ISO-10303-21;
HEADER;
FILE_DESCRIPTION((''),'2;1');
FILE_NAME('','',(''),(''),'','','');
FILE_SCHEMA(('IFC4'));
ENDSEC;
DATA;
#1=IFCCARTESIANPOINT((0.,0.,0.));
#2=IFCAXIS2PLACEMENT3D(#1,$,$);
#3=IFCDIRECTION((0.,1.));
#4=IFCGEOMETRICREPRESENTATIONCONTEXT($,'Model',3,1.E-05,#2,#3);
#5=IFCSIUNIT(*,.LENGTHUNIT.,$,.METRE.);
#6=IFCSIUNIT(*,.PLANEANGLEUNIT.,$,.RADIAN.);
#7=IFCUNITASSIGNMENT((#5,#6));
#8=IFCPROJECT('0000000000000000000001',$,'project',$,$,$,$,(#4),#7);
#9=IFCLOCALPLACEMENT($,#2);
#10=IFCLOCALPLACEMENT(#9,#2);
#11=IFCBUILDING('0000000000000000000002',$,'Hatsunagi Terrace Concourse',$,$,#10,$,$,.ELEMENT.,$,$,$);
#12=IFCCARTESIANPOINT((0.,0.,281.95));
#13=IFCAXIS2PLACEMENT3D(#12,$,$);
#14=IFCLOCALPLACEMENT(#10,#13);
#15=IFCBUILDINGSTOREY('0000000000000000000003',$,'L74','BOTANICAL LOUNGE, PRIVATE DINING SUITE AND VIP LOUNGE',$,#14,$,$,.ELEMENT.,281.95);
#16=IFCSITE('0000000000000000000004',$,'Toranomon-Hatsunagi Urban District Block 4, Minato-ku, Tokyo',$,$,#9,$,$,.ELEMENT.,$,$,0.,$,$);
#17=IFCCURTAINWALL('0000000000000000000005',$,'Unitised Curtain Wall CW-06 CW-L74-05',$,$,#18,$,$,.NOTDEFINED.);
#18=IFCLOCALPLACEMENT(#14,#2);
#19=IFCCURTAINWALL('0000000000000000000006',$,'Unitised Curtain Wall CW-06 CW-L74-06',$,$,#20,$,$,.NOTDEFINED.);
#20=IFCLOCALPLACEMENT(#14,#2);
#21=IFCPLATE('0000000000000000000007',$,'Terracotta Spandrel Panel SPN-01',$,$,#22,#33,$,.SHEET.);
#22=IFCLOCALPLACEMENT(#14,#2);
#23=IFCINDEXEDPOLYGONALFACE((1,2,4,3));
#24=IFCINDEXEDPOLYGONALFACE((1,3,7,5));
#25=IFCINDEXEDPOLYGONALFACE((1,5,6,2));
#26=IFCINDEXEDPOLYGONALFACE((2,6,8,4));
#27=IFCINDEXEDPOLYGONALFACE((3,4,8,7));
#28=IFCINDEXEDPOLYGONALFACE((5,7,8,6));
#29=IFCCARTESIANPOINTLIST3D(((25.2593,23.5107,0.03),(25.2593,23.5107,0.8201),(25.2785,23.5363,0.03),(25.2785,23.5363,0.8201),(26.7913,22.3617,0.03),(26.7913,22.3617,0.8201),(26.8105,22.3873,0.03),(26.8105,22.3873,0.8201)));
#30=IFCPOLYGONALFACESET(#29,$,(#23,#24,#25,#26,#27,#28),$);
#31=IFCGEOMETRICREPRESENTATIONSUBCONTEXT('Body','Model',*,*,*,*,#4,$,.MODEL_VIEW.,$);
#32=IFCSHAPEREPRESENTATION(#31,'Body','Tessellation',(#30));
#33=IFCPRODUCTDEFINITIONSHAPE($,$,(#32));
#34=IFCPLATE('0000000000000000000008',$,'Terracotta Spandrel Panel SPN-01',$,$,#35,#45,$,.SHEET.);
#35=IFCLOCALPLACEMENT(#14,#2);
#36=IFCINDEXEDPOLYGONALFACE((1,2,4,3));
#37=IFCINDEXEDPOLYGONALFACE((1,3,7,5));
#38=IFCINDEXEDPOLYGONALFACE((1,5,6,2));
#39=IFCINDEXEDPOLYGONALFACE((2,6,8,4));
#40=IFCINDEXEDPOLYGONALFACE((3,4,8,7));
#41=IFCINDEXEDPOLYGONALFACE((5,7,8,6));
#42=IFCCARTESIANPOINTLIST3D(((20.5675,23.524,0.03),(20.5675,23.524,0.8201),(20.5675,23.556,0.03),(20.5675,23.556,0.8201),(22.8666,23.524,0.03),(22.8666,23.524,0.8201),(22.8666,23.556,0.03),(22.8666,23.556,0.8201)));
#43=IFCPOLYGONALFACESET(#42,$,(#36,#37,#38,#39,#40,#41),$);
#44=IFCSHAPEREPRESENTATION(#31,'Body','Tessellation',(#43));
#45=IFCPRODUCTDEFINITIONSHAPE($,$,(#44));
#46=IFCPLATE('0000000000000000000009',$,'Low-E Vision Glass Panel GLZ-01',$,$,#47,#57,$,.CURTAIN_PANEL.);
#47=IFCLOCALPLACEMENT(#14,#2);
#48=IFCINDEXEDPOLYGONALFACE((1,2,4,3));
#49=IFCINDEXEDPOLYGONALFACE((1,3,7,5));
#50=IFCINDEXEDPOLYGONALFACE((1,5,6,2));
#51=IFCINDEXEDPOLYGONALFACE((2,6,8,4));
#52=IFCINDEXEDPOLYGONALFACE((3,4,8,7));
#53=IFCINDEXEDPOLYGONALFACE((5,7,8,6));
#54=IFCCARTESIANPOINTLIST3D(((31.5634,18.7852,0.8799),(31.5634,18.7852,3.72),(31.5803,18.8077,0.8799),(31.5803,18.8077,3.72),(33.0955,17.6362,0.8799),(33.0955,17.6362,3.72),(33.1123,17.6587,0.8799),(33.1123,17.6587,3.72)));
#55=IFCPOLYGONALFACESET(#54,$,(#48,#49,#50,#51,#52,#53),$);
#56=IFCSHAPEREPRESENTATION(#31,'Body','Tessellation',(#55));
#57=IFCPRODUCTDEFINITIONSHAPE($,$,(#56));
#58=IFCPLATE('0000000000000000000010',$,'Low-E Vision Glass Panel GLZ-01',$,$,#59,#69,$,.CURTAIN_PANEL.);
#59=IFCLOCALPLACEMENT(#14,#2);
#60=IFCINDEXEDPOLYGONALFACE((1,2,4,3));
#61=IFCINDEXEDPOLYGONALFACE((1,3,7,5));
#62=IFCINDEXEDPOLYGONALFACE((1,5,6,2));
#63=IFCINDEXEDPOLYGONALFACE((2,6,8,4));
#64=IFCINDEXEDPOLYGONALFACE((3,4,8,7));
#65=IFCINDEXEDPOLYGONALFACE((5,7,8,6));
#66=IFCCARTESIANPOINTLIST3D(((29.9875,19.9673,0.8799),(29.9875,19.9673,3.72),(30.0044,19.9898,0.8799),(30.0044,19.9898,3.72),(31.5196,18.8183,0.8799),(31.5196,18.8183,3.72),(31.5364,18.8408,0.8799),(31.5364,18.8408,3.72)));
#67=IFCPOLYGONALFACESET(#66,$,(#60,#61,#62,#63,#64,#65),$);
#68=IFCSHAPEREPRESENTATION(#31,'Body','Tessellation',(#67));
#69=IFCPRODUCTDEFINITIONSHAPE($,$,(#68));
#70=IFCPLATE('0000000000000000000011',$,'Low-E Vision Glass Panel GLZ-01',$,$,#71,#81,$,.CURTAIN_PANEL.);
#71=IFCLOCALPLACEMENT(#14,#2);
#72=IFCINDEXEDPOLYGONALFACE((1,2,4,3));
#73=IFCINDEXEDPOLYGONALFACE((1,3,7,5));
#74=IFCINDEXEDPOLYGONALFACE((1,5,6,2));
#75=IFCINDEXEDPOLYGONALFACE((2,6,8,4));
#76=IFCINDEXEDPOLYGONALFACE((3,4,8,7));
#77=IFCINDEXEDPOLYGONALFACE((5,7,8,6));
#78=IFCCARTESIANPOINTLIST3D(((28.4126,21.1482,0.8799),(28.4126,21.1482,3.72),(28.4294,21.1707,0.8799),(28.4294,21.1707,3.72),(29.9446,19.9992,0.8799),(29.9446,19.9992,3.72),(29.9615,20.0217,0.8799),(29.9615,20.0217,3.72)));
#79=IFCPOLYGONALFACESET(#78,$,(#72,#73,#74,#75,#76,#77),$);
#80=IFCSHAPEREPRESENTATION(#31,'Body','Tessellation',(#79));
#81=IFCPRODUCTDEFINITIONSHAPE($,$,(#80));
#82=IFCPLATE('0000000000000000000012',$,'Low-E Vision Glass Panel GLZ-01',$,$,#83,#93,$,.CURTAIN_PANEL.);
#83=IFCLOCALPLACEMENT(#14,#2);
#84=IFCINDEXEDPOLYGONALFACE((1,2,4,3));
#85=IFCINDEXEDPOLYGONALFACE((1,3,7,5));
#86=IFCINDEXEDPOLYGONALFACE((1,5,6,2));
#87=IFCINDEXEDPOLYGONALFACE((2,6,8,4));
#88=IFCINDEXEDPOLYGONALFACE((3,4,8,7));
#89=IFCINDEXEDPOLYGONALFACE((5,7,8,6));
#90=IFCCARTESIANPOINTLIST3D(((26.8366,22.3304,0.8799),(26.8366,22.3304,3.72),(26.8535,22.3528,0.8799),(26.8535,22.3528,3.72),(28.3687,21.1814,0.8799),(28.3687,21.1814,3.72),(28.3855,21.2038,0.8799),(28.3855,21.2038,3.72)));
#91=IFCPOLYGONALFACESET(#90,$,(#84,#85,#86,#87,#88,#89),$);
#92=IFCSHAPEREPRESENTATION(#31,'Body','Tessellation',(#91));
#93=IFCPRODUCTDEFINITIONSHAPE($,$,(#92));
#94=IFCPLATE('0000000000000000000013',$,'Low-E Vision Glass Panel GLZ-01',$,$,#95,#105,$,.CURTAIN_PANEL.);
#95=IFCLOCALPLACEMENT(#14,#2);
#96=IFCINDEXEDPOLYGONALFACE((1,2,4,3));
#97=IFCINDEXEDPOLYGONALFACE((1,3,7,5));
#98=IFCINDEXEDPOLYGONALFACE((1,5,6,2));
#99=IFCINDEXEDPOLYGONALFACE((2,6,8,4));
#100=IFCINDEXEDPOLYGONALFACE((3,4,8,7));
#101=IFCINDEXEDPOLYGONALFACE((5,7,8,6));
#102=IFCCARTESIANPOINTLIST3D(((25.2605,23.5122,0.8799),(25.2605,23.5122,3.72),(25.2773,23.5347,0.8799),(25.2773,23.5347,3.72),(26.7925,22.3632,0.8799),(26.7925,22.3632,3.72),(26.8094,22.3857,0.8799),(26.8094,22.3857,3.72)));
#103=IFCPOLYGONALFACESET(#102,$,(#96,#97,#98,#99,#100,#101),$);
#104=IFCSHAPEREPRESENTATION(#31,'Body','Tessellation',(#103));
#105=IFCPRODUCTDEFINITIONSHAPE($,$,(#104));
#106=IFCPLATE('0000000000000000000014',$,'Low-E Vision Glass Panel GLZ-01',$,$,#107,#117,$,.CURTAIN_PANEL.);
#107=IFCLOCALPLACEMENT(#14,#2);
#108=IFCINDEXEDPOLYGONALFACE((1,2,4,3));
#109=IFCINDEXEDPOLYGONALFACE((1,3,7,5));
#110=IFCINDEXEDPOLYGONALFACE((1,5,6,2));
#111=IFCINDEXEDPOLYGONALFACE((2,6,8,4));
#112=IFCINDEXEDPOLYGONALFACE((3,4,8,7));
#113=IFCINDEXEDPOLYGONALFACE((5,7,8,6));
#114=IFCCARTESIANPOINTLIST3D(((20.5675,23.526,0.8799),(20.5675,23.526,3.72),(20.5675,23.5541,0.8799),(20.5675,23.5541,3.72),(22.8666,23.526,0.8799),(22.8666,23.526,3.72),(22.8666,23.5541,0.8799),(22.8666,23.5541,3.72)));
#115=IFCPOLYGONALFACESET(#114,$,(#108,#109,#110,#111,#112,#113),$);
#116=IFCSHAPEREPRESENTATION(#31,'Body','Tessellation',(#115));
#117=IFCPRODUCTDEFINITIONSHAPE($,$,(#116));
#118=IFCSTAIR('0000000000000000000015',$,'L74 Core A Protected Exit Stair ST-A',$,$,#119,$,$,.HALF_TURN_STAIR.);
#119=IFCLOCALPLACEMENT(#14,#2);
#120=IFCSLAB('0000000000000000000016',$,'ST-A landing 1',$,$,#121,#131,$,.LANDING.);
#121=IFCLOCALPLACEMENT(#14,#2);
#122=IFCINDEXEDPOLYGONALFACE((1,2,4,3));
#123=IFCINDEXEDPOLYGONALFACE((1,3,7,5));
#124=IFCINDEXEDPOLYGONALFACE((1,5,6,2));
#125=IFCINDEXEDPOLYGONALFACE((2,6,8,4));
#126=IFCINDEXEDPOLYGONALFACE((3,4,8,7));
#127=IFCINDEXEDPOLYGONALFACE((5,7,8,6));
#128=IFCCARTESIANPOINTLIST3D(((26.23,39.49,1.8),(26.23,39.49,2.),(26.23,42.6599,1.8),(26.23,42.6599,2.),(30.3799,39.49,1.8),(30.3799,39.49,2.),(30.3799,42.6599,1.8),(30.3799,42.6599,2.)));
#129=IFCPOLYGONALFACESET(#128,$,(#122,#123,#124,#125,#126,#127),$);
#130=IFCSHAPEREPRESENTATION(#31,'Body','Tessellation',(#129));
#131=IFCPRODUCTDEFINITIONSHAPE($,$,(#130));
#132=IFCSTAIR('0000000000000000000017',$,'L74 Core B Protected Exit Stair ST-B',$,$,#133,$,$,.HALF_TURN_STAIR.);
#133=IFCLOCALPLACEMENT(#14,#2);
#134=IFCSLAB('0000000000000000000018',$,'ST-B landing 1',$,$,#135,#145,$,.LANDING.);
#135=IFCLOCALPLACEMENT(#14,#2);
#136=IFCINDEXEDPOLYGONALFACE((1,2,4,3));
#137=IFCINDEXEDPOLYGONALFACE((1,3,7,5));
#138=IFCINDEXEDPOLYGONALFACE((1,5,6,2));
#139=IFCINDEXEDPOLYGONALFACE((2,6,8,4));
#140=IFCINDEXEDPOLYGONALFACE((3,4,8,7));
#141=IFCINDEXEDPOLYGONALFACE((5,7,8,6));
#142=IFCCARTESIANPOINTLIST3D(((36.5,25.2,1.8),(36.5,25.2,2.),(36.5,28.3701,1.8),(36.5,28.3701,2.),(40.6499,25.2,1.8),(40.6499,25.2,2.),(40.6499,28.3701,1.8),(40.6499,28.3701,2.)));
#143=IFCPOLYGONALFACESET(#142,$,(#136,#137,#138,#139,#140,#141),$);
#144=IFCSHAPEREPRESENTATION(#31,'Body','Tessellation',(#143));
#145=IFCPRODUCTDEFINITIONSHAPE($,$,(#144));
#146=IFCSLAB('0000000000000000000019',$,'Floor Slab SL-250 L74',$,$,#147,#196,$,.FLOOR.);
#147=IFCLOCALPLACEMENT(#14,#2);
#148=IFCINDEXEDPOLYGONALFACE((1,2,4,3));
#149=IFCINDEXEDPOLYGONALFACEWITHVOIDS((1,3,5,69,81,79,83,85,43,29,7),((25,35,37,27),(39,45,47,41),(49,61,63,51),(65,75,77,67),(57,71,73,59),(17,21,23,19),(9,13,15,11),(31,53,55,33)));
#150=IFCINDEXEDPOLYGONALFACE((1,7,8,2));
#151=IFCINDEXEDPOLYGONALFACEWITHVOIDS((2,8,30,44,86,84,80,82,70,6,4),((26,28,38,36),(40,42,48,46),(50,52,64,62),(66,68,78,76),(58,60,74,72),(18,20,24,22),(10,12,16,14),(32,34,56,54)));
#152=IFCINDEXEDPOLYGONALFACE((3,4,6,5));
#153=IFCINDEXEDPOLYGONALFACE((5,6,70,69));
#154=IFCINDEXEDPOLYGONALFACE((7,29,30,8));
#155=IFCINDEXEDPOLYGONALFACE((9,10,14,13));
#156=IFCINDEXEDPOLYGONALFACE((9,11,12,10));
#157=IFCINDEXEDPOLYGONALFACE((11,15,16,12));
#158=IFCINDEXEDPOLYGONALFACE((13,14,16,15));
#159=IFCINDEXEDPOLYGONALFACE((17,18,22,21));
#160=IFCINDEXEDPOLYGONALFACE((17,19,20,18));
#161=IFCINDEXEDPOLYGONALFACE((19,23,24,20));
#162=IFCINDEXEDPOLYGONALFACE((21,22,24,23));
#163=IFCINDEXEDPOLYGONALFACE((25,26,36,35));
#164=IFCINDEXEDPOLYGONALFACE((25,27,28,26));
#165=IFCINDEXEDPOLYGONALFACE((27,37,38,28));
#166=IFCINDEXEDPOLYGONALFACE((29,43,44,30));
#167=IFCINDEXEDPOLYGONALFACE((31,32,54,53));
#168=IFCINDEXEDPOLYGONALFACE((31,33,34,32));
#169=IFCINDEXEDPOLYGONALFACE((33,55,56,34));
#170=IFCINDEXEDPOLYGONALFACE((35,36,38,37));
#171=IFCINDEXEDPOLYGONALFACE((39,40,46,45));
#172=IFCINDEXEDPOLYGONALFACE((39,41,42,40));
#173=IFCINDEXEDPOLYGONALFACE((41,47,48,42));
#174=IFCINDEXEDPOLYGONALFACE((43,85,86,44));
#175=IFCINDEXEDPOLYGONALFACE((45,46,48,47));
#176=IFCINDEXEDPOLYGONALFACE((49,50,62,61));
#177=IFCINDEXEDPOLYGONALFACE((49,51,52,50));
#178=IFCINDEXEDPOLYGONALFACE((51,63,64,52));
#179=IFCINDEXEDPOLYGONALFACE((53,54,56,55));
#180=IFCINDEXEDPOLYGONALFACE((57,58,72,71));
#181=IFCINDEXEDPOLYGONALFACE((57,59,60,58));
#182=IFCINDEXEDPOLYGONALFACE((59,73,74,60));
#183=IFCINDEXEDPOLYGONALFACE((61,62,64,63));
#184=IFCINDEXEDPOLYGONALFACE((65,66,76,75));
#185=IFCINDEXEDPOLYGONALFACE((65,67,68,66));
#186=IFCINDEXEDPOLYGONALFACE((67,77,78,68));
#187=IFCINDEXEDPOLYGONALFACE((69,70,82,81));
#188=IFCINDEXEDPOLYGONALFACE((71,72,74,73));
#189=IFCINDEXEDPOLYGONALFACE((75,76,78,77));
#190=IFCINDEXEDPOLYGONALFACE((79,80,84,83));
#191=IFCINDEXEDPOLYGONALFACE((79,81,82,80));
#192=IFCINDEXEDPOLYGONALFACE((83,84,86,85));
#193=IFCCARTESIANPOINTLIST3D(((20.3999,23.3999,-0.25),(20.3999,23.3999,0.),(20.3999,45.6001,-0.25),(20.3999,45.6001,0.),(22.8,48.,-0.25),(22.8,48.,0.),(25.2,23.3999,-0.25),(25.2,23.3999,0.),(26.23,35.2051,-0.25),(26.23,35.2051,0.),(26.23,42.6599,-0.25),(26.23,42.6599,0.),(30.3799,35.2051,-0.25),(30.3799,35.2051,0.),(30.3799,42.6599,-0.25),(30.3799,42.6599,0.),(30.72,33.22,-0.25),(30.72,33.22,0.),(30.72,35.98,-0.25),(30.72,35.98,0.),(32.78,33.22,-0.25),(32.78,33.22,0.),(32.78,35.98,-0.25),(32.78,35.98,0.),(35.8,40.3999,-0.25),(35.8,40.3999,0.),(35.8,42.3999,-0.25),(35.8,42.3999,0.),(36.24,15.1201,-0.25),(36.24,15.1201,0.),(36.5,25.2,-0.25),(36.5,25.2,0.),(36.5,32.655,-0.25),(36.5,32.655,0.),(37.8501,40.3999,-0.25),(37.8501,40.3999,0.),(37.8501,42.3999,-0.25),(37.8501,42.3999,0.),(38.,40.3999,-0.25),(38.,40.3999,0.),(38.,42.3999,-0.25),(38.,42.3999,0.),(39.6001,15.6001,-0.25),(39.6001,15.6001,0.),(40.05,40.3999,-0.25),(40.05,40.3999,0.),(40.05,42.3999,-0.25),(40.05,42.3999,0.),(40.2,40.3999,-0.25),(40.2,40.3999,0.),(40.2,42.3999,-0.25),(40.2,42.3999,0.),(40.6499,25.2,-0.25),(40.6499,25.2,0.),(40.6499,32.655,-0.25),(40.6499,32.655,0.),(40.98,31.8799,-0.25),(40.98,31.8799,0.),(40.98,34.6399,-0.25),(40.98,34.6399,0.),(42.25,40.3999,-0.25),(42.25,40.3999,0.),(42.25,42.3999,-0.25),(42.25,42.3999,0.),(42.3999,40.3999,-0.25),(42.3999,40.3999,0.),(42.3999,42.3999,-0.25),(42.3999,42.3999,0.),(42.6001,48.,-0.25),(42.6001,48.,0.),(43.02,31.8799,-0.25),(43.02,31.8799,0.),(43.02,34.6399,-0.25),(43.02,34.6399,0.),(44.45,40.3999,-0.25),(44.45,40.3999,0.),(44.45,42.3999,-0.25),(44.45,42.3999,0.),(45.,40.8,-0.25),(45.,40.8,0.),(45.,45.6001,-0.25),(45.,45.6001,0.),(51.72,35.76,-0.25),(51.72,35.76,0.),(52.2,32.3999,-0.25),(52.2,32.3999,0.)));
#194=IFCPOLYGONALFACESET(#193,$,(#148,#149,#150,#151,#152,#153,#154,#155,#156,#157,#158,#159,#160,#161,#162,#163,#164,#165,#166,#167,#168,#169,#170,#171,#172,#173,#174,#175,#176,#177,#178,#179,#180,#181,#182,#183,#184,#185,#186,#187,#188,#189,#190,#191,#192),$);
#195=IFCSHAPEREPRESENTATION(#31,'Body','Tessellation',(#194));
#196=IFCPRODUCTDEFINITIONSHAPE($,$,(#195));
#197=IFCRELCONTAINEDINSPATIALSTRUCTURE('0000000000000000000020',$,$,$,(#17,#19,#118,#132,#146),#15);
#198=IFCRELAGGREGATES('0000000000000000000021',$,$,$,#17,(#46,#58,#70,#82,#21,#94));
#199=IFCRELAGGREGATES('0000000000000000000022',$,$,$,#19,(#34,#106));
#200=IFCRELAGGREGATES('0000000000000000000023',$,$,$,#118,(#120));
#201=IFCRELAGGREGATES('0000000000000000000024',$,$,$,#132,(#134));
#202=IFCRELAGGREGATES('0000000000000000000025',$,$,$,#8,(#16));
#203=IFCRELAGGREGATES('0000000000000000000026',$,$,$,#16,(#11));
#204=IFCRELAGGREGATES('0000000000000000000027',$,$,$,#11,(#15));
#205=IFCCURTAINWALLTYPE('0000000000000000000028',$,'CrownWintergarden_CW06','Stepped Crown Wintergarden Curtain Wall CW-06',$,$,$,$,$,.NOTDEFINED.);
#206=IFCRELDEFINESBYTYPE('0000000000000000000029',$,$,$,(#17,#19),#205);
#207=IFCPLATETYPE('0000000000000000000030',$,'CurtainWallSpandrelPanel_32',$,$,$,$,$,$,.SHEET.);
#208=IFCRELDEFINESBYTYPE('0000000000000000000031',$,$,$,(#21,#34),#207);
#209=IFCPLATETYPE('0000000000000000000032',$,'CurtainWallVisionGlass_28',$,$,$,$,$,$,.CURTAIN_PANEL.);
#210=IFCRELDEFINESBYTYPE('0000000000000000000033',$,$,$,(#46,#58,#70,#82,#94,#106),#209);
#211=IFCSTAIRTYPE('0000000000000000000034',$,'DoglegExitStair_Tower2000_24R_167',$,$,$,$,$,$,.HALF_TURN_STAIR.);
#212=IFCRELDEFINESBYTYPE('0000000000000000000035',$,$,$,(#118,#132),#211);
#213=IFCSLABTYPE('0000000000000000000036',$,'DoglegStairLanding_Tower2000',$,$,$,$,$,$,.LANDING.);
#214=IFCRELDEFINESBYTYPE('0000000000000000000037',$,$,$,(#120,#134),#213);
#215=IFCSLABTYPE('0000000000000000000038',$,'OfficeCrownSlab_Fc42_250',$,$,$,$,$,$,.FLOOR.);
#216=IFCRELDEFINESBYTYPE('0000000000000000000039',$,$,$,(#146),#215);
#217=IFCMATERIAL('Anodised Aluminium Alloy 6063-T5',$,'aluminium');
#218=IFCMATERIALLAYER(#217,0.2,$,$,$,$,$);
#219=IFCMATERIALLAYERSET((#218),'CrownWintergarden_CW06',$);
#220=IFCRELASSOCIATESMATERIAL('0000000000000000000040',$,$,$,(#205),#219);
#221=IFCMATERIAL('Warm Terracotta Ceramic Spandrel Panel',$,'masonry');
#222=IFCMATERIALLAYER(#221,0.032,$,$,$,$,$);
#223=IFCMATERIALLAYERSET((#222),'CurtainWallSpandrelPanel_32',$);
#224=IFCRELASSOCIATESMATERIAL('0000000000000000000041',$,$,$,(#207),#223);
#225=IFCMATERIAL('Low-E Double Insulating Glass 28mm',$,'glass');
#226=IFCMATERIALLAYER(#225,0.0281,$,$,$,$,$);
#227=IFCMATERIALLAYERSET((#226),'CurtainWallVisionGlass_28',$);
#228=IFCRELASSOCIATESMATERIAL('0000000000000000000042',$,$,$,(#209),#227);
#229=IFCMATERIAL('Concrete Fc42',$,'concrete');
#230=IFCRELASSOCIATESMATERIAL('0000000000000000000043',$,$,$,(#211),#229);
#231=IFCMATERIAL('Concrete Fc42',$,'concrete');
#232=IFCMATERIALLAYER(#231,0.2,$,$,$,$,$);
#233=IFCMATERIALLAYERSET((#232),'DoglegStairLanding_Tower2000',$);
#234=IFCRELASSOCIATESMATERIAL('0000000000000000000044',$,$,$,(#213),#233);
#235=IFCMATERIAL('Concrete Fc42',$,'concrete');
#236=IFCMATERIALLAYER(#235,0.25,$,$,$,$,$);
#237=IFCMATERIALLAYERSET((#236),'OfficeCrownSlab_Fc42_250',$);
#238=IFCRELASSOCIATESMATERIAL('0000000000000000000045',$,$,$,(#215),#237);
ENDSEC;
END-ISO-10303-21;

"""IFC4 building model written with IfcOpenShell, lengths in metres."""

from ifc_helpers import new_model, si_unit, direction, frame, origin, origin_2d, place, context, subcontext, project, spatial, polyline, rectangle, outline, extrude, material, layer, layer_set, type_object, element, aggregate, save


model = new_model("IFC4")

# Units and contexts
model_context = context("Model", 3, precision=1e-05, world=origin(), true_north=direction((0.0, 1.0)))
body_context = subcontext(model_context, "Body", "Model", "MODEL_VIEW")
ifc_project = project(units=[si_unit("LENGTHUNIT", "METRE"), si_unit("PLANEANGLEUNIT", "RADIAN")], contexts=[model_context])

# Site, building, storey
site_placement = place(None, origin())
site = spatial("IfcSite", under=ifc_project, at=site_placement, Name="Toranomon-Hatsunagi Urban District Block 4, Minato-ku, Tokyo", CompositionType="ELEMENT", RefElevation=0.0)
building_placement = place(site_placement, origin())
building = spatial("IfcBuilding", under=site, at=building_placement, Name="Hatsunagi Terrace Concourse", CompositionType="ELEMENT")
storey_placement = place(building_placement, frame((0.0, 0.0, 281.95)))
storey = spatial("IfcBuildingStorey", under=building, at=storey_placement, Name="L74", Description="BOTANICAL LOUNGE, PRIVATE DINING SUITE AND VIP LOUNGE", CompositionType="ELEMENT", Elevation=281.95)

# Curtain wall
ifc_material_1 = material(Name="Anodised Aluminium Alloy 6063-T5", Category="aluminium")
ifc_layer_1 = layer(ifc_material_1, 0.2)
ifc_layer_set_1 = layer_set([ifc_layer_1], Name="CrownWintergarden_CW06")
curtain_wall_type = type_object("IfcCurtainWallType", Name="CrownWintergarden_CW06", Description="Stepped Crown Wintergarden Curtain Wall CW-06", PredefinedType="NOTDEFINED", material=ifc_layer_set_1)
curtain_wall_1_placement = place(storey_placement, origin())
curtain_wall_1 = element("IfcCurtainWall", 1, at=curtain_wall_1_placement, inside=storey, type_object=curtain_wall_type, Name="Unitised Curtain Wall CW-06 CW-L74-05", PredefinedType="NOTDEFINED")

# Curtain wall
curtain_wall_2_placement = place(storey_placement, origin())
curtain_wall_2 = element("IfcCurtainWall", 2, at=curtain_wall_2_placement, inside=storey, type_object=curtain_wall_type, Name="Unitised Curtain Wall CW-06 CW-L74-06", PredefinedType="NOTDEFINED")

# Plates
ifc_material_2 = material(Name="Warm Terracotta Ceramic Spandrel Panel", Category="masonry")
ifc_layer_2 = layer(ifc_material_2, 0.032)
ifc_layer_set_2 = layer_set([ifc_layer_2], Name="CurtainWallSpandrelPanel_32")
plate_type_1 = type_object("IfcPlateType", Name="CurtainWallSpandrelPanel_32", PredefinedType="SHEET", material=ifc_layer_set_2)
plate_1_placement = place(storey_placement, frame((26.0349, 22.949, 0.03), z_axis=(0.0, 0.0, 1.0), x_axis=(-0.800008, 0.599989, 0.0)))
plate_1 = element("IfcPlate", 3, at=plate_1_placement, type_object=plate_type_1, Name="Terracotta Spandrel Panel SPN-01", PredefinedType="SHEET", context=body_context, shape_type="SweptSolid", body=[
    extrude(rectangle(XDim=1.915, YDim=0.032, at=origin_2d()), origin(), (0.0, 0.0, 1.0), 0.79),
])
plate_2_placement = place(storey_placement, frame((21.717, 23.54, 0.03), z_axis=(0.0, 0.0, 1.0), x_axis=(-1.0, 0.0, 0.0)))
plate_2 = element("IfcPlate", 4, at=plate_2_placement, type_object=plate_type_1, Name="Terracotta Spandrel Panel SPN-01", PredefinedType="SHEET", context=body_context, shape_type="SweptSolid", body=[
    extrude(rectangle(XDim=2.2991, YDim=0.032, at=origin_2d()), origin(), (0.0, 0.0, 1.0), 0.79),
])
ifc_material_3 = material(Name="Low-E Double Insulating Glass 28mm", Category="glass")
ifc_layer_3 = layer(ifc_material_3, 0.0281)
ifc_layer_set_3 = layer_set([ifc_layer_3], Name="CurtainWallVisionGlass_28")
plate_type_2 = type_object("IfcPlateType", Name="CurtainWallVisionGlass_28", PredefinedType="CURTAIN_PANEL", material=ifc_layer_set_3)
plate_3_placement = place(storey_placement, frame((32.3379, 18.2219, 0.8799), z_axis=(0.0, 0.0, 1.0), x_axis=(-0.800008, 0.599989, 0.0)))
plate_3 = element("IfcPlate", 5, at=plate_3_placement, type_object=plate_type_2, Name="Low-E Vision Glass Panel GLZ-01", PredefinedType="CURTAIN_PANEL", context=body_context, shape_type="SweptSolid", body=[
    extrude(rectangle(XDim=1.915, YDim=0.0281, at=origin_2d()), origin(), (0.0, 0.0, 1.0), 2.8401),
])
plate_4_placement = place(storey_placement, frame((30.762, 19.4041, 0.8799), z_axis=(0.0, 0.0, 1.0), x_axis=(-0.800008, 0.599989, 0.0)))
plate_4 = element("IfcPlate", 6, at=plate_4_placement, type_object=plate_type_2, Name="Low-E Vision Glass Panel GLZ-01", PredefinedType="CURTAIN_PANEL", context=body_context, shape_type="SweptSolid", body=[
    extrude(rectangle(XDim=1.915, YDim=0.0281, at=origin_2d()), origin(), (0.0, 0.0, 1.0), 2.8401),
])
plate_5_placement = place(storey_placement, frame((29.187, 20.585, 0.8799), z_axis=(0.0, 0.0, 1.0), x_axis=(-0.800008, 0.599989, 0.0)))
plate_5 = element("IfcPlate", 7, at=plate_5_placement, type_object=plate_type_2, Name="Low-E Vision Glass Panel GLZ-01", PredefinedType="CURTAIN_PANEL", context=body_context, shape_type="SweptSolid", body=[
    extrude(rectangle(XDim=1.915, YDim=0.0281, at=origin_2d()), origin(), (0.0, 0.0, 1.0), 2.8401),
])
plate_6_placement = place(storey_placement, frame((27.6111, 21.7671, 0.8799), z_axis=(0.0, 0.0, 1.0), x_axis=(-0.800008, 0.599989, 0.0)))
plate_6 = element("IfcPlate", 8, at=plate_6_placement, type_object=plate_type_2, Name="Low-E Vision Glass Panel GLZ-01", PredefinedType="CURTAIN_PANEL", context=body_context, shape_type="SweptSolid", body=[
    extrude(rectangle(XDim=1.915, YDim=0.0281, at=origin_2d()), origin(), (0.0, 0.0, 1.0), 2.8401),
])
plate_7_placement = place(storey_placement, frame((26.0349, 22.949, 0.8799), z_axis=(0.0, 0.0, 1.0), x_axis=(-0.800008, 0.599989, 0.0)))
plate_7 = element("IfcPlate", 9, at=plate_7_placement, type_object=plate_type_2, Name="Low-E Vision Glass Panel GLZ-01", PredefinedType="CURTAIN_PANEL", context=body_context, shape_type="SweptSolid", body=[
    extrude(rectangle(XDim=1.915, YDim=0.0281, at=origin_2d()), origin(), (0.0, 0.0, 1.0), 2.8401),
])
aggregate(curtain_wall_1, [plate_3, plate_4, plate_5, plate_6, plate_1, plate_7])
plate_8_placement = place(storey_placement, frame((21.717, 23.54, 0.8799), z_axis=(0.0, 0.0, 1.0), x_axis=(-1.0, 0.0, 0.0)))
plate_8 = element("IfcPlate", 10, at=plate_8_placement, type_object=plate_type_2, Name="Low-E Vision Glass Panel GLZ-01", PredefinedType="CURTAIN_PANEL", context=body_context, shape_type="SweptSolid", body=[
    extrude(rectangle(XDim=2.2991, YDim=0.0281, at=origin_2d()), origin(), (0.0, 0.0, 1.0), 2.8401),
])
aggregate(curtain_wall_2, [plate_2, plate_8])

# Stairs, slabs
ifc_material_4 = material(Name="Concrete Fc42", Category="concrete")
stair_type = type_object("IfcStairType", Name="DoglegExitStair_Tower2000_24R_167", PredefinedType="HALF_TURN_STAIR", material=ifc_material_4)
stair_1_placement = place(storey_placement, origin())
stair_1 = element("IfcStair", 11, at=stair_1_placement, inside=storey, type_object=stair_type, Name="L74 Core A Protected Exit Stair ST-A", PredefinedType="HALF_TURN_STAIR")
ifc_material_5 = material(Name="Concrete Fc42", Category="concrete")
ifc_layer_4 = layer(ifc_material_5, 0.2)
ifc_layer_set_4 = layer_set([ifc_layer_4], Name="DoglegStairLanding_Tower2000")
slab_type_1 = type_object("IfcSlabType", Name="DoglegStairLanding_Tower2000", PredefinedType="LANDING", material=ifc_layer_set_4)
slab_1_placement = place(storey_placement, frame((0.0, 0.0, 1.8)))
slab_1 = element("IfcSlab", 12, at=slab_1_placement, type_object=slab_type_1, Name="ST-A landing 1", PredefinedType="LANDING", context=body_context, shape_type="SweptSolid", body=[
    extrude(outline(polyline([(30.3799, 39.49), (30.3799, 42.6599), (26.23, 42.6599), (26.23, 39.49), (30.3799, 39.49)])), origin(), (0.0, 0.0, 1.0), 0.2),
])
aggregate(stair_1, [slab_1])
stair_2_placement = place(storey_placement, origin())
stair_2 = element("IfcStair", 13, at=stair_2_placement, inside=storey, type_object=stair_type, Name="L74 Core B Protected Exit Stair ST-B", PredefinedType="HALF_TURN_STAIR")
slab_2_placement = place(storey_placement, frame((0.0, 0.0, 1.8)))
slab_2 = element("IfcSlab", 14, at=slab_2_placement, type_object=slab_type_1, Name="ST-B landing 1", PredefinedType="LANDING", context=body_context, shape_type="SweptSolid", body=[
    extrude(outline(polyline([(36.5, 28.3701), (36.5, 25.2), (40.6499, 25.2), (40.6499, 28.3701), (36.5, 28.3701)])), origin(), (0.0, 0.0, 1.0), 0.2),
])
aggregate(stair_2, [slab_2])

# Slab
ifc_material_6 = material(Name="Concrete Fc42", Category="concrete")
ifc_layer_5 = layer(ifc_material_6, 0.25)
ifc_layer_set_5 = layer_set([ifc_layer_5], Name="OfficeCrownSlab_Fc42_250")
slab_type_2 = type_object("IfcSlabType", Name="OfficeCrownSlab_Fc42_250", PredefinedType="FLOOR", material=ifc_layer_set_5)
slab_3_placement = place(storey_placement, frame((0.0, 0.0, -0.25)))
element("IfcSlab", 15, at=slab_3_placement, inside=storey, type_object=slab_type_2, Name="Floor Slab SL-250 L74", PredefinedType="FLOOR", context=body_context, shape_type="SweptSolid", body=[
    extrude(outline(polyline([(45.0, 40.8), (45.0, 45.6001), (42.6001, 48.0), (22.8, 48.0), (20.3999, 45.6001), (20.3999, 23.3999), (25.2, 23.3999), (36.24, 15.1201), (39.6001, 15.6001), (52.2, 32.3999), (51.72, 35.76), (45.0, 40.8)]), holes=[polyline([(26.23, 35.2051), (30.3799, 35.2051), (30.3799, 42.6599), (26.23, 42.6599), (26.23, 35.2051)]), polyline([(36.5, 25.2), (40.6499, 25.2), (40.6499, 32.655), (36.5, 32.655), (36.5, 25.2)]), polyline([(30.72, 33.22), (32.78, 33.22), (32.78, 35.98), (30.72, 35.98), (30.72, 33.22)]), polyline([(40.98, 31.8799), (43.02, 31.8799), (43.02, 34.6399), (40.98, 34.6399), (40.98, 31.8799)]), polyline([(35.8, 40.3999), (37.8501, 40.3999), (37.8501, 42.3999), (35.8, 42.3999), (35.8, 40.3999)]), polyline([(38.0, 40.3999), (40.05, 40.3999), (40.05, 42.3999), (38.0, 42.3999), (38.0, 40.3999)]), polyline([(40.2, 40.3999), (42.25, 40.3999), (42.25, 42.3999), (40.2, 42.3999), (40.2, 40.3999)]), polyline([(42.3999, 40.3999), (44.45, 40.3999), (44.45, 42.3999), (42.3999, 42.3999), (42.3999, 40.3999)])]), origin(), (0.0, 0.0, 1.0), 0.25),
])

save(model, "model.ifc")
